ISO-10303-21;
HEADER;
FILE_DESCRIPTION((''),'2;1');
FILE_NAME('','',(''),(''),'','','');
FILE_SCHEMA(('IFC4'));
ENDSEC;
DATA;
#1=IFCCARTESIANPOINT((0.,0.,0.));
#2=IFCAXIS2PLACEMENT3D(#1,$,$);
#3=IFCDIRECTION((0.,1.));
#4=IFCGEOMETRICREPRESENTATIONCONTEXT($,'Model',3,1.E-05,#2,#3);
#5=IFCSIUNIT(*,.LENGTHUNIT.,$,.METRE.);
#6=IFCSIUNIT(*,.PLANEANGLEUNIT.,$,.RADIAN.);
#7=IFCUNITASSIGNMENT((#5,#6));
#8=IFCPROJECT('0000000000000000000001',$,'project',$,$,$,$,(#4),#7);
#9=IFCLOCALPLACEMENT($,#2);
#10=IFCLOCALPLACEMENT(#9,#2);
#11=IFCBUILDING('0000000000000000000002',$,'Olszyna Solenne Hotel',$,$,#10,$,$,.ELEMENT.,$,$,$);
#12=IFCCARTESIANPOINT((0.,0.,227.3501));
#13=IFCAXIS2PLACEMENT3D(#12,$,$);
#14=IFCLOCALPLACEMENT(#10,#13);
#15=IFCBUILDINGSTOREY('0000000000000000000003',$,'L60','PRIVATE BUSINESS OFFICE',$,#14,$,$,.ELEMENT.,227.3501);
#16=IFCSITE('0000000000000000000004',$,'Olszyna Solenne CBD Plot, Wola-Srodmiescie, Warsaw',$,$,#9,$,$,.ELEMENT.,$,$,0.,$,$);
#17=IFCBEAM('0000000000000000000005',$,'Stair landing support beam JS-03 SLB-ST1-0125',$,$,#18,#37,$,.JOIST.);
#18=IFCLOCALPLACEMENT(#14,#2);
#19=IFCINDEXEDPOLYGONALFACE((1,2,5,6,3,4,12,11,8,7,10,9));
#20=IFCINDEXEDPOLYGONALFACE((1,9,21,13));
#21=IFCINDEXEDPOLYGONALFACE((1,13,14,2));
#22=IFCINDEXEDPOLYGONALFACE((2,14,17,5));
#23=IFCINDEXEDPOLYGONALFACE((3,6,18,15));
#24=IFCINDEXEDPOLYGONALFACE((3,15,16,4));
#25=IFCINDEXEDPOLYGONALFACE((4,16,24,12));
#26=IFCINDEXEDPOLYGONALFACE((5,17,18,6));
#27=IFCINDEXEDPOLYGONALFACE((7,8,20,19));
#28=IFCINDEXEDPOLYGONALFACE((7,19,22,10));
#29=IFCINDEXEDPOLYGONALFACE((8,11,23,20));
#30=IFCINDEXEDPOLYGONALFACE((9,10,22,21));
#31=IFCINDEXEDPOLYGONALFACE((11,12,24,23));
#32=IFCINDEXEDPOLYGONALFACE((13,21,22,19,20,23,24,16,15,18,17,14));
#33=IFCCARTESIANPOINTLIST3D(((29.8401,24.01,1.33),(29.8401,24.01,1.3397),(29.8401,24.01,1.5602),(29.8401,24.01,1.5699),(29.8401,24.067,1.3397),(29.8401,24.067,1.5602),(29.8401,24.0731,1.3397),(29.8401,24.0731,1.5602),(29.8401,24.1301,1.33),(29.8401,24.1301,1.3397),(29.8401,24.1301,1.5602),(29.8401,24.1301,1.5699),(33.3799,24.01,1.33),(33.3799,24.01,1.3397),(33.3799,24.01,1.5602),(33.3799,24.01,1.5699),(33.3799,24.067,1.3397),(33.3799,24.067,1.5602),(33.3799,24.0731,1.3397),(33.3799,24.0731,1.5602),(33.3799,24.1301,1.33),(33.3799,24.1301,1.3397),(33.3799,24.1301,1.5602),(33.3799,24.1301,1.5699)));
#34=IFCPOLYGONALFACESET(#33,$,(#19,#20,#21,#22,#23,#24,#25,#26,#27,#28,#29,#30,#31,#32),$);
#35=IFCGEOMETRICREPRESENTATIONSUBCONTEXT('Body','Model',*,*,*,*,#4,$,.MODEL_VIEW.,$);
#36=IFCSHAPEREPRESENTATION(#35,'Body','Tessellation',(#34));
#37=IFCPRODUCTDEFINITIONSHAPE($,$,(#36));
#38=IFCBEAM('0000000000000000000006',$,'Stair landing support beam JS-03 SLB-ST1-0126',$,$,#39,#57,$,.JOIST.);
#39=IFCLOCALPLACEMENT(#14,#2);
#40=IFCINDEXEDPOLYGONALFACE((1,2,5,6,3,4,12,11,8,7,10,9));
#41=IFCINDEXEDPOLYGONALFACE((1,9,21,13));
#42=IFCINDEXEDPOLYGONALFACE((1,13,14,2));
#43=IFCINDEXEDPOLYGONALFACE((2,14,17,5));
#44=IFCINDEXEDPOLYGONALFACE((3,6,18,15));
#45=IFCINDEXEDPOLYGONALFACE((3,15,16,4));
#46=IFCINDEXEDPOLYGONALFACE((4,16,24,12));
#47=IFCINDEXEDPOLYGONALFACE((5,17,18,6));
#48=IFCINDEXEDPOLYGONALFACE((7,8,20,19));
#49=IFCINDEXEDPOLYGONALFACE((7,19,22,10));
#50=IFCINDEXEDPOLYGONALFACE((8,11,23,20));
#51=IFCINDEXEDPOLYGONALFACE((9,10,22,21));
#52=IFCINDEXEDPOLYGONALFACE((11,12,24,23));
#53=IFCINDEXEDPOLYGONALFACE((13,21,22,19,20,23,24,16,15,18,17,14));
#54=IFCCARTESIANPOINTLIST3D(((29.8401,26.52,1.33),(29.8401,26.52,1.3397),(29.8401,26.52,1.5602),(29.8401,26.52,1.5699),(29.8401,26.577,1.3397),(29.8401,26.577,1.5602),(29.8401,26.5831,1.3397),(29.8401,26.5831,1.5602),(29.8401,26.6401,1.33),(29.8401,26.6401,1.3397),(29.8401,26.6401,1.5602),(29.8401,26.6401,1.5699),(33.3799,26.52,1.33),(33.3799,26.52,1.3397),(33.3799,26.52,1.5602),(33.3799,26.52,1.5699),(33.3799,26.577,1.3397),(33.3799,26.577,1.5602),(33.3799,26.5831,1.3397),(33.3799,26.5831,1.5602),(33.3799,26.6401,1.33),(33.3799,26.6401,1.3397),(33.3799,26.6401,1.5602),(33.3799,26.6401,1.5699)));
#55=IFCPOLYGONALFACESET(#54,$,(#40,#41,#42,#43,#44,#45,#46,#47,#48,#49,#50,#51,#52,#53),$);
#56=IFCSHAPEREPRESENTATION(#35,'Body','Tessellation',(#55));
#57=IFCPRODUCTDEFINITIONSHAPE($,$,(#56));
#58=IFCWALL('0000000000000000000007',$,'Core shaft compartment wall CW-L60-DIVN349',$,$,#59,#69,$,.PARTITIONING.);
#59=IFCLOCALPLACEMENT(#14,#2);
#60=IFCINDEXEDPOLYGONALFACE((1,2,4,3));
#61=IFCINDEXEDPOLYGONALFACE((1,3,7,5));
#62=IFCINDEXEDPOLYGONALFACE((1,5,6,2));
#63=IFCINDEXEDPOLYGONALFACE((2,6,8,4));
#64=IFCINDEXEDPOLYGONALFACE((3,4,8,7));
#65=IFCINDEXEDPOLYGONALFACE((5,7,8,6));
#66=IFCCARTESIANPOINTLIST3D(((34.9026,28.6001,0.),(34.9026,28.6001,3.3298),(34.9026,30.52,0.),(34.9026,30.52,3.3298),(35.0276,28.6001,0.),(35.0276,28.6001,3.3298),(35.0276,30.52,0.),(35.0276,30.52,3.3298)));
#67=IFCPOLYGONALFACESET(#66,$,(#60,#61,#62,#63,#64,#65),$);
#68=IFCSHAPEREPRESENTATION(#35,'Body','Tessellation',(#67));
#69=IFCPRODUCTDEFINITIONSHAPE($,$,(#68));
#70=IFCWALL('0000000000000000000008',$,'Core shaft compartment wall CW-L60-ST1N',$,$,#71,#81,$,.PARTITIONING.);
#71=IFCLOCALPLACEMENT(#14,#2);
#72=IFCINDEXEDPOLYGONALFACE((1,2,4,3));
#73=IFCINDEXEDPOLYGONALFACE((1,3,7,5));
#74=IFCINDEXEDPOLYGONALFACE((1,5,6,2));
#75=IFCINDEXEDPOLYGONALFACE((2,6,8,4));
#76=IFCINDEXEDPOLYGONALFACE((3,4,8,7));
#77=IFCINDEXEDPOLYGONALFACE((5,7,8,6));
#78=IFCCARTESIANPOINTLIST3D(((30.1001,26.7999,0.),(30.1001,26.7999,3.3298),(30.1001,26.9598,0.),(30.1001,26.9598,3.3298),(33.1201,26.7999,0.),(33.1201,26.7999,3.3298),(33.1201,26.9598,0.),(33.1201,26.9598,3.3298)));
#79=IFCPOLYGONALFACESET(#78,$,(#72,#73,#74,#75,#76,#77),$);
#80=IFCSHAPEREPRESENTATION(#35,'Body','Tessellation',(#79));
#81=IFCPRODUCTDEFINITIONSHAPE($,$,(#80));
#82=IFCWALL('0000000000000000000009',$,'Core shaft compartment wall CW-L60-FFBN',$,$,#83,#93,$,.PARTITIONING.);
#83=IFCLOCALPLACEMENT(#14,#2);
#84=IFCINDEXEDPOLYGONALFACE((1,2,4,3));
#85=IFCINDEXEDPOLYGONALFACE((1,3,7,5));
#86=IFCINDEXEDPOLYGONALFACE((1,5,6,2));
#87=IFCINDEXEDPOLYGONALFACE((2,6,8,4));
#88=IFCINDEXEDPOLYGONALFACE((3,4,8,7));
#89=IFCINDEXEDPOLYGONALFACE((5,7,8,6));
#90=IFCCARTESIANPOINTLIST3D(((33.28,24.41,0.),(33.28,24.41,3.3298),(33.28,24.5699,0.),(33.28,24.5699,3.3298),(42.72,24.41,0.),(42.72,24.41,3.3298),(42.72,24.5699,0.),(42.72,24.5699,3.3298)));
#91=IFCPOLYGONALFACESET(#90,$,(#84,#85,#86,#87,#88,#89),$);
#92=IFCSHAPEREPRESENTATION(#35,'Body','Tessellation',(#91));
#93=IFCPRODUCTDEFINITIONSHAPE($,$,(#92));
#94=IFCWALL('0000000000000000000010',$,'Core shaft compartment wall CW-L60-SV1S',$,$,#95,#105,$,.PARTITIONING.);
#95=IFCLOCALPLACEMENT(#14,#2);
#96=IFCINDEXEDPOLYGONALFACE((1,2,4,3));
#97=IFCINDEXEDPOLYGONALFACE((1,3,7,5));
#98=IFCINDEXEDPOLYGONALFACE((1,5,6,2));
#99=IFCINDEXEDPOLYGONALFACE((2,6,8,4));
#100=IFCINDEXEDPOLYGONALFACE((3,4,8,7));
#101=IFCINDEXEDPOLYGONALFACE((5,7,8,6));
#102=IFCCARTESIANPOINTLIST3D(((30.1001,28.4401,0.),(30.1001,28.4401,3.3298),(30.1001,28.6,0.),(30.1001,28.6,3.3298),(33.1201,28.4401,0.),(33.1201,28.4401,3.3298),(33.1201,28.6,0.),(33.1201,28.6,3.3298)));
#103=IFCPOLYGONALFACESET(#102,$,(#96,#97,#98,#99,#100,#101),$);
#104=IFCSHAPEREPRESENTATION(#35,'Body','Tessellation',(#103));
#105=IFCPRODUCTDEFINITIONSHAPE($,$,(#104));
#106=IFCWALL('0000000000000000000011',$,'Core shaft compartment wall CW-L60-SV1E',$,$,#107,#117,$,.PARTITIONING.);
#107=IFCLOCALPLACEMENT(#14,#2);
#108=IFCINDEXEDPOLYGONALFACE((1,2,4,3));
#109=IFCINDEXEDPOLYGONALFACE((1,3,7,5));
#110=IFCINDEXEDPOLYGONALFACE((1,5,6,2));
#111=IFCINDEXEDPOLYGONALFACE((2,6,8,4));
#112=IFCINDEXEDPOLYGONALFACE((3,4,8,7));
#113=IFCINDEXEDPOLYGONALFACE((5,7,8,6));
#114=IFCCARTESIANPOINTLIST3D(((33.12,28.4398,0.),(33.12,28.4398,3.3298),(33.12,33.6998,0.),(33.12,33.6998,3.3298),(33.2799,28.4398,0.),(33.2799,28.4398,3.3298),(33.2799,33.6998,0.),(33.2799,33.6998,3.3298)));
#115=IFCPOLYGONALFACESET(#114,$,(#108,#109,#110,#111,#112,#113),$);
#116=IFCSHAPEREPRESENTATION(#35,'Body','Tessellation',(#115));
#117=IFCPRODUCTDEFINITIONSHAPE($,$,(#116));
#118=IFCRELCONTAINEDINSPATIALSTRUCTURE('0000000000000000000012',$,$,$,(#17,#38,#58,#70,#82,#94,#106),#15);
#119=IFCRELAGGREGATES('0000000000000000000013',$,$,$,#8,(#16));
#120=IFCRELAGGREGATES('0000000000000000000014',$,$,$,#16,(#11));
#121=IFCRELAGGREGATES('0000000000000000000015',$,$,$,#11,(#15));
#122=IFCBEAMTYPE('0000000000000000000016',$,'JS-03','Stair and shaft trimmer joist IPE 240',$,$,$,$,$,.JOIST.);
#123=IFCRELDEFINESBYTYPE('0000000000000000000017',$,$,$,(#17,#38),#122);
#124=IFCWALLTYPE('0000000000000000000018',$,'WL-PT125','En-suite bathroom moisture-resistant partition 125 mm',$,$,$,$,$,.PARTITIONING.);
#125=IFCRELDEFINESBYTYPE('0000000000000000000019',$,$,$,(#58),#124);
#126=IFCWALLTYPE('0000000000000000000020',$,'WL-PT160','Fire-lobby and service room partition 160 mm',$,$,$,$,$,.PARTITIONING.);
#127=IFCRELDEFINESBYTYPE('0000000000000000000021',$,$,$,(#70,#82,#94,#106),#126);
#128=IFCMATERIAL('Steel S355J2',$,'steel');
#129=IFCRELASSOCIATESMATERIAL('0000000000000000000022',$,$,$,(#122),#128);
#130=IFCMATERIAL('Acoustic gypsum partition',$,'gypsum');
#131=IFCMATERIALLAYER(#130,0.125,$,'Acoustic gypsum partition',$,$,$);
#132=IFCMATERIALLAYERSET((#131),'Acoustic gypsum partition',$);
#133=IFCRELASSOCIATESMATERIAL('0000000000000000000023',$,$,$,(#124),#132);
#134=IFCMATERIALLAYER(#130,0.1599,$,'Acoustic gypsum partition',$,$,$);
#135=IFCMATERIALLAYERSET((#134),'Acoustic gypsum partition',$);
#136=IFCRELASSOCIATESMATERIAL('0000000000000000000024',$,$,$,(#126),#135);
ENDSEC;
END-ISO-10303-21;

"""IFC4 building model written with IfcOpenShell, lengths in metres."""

from ifc_helpers import new_model, si_unit, direction, frame, frame_2d, origin, origin_2d, place, context, subcontext, project, spatial, rectangle, i_section, extrude, source, transform, mapped, material, layer, layer_set, material_profile, profile_set, type_object, element, save


model = new_model("IFC4")

# Units and contexts
model_context = context("Model", 3, precision=1e-05, world=origin(), true_north=direction((0.0, 1.0)))
body_context = subcontext(model_context, "Body", "Model", "MODEL_VIEW")
ifc_project = project(units=[si_unit("LENGTHUNIT", "METRE"), si_unit("PLANEANGLEUNIT", "RADIAN")], contexts=[model_context])

# Site, building, storey
site_placement = place(None, origin())
site = spatial("IfcSite", under=ifc_project, at=site_placement, Name="Olszyna Solenne CBD Plot, Wola-Srodmiescie, Warsaw", CompositionType="ELEMENT", RefElevation=0.0)
building_placement = place(site_placement, origin())
building = spatial("IfcBuilding", under=site, at=building_placement, Name="Olszyna Solenne Hotel", CompositionType="ELEMENT")
storey_placement = place(building_placement, frame((0.0, 0.0, 227.3501)))
storey = spatial("IfcBuildingStorey", under=building, at=storey_placement, Name="L60", Description="PRIVATE BUSINESS OFFICE", CompositionType="ELEMENT", Elevation=227.3501)

# Beams
ifc_material_1 = material(Name="Steel S355J2", Category="steel")
ifc_material_profile = material_profile(ifc_material_1, i_section(OverallWidth=0.1201, OverallDepth=0.24, WebThickness=0.0061, FlangeThickness=0.0098, at=origin_2d()), Name="IPE 240", Category="load-bearing")
ifc_profile_set = profile_set([ifc_material_profile], Name="Steel S355J2")
beam_type = type_object("IfcBeamType", Name="JS-03", Description="Stair and shaft trimmer joist IPE 240", PredefinedType="JOIST", material=ifc_profile_set)
shared_shape_1 = source(origin(), body_context, "Body", "SweptSolid", [
    extrude(i_section(OverallWidth=0.1201, OverallDepth=0.24, WebThickness=0.0061, FlangeThickness=0.0098, at=origin_2d()), origin(), (0.0, 0.0, 1.0), 3.5398),
])
for number, where, z_axis, x_axis, name in (
    (1, (33.3799, 24.0701, 1.45), (-1.0, 0.0, 0.0), (0.0, -1.0, 0.0), "Stair landing support beam JS-03 SLB-ST1-0125"),
    (2, (33.3799, 26.5801, 1.45), (-1.0, 0.0, 0.0), (0.0, -1.0, 0.0), "Stair landing support beam JS-03 SLB-ST1-0126"),
):
    element("IfcBeam", number, at=place(storey_placement, frame(where, z_axis=z_axis, x_axis=x_axis)), inside=storey, type_object=beam_type, Name=name, PredefinedType="JOIST", context=body_context, shape_type="MappedRepresentation", body=[
        mapped(shared_shape_1, transform((0.0, 0.0, 0.0), x_axis=(1.0, 0.0, 0.0), y_axis=(0.0, 1.0, 0.0), z_axis=(0.0, 0.0, 1.0), scale=1.0)),
    ])

# Walls
ifc_material_2 = material(Name="Acoustic gypsum partition", Category="gypsum")
ifc_layer_1 = layer(ifc_material_2, 0.125, Name="Acoustic gypsum partition")
ifc_layer_set_1 = layer_set([ifc_layer_1], Name="Acoustic gypsum partition")
wall_type_1 = type_object("IfcWallType", Name="WL-PT125", Description="En-suite bathroom moisture-resistant partition 125 mm", PredefinedType="PARTITIONING", material=ifc_layer_set_1)
wall_1_placement = place(storey_placement, frame((34.9651, 28.6001, 0.0), z_axis=(0.0, 0.0, 1.0), x_axis=(0.0, 1.0, 0.0)))
element("IfcWall", 3, at=wall_1_placement, inside=storey, type_object=wall_type_1, Name="Core shaft compartment wall CW-L60-DIVN349", PredefinedType="PARTITIONING", context=body_context, shape_type="SweptSolid", body=[
    extrude(rectangle(XDim=1.9199, YDim=0.125, at=frame_2d((0.96, 0.0))), origin(), (0.0, 0.0, 1.0), 3.3298),
])
ifc_layer_2 = layer(ifc_material_2, 0.1599, Name="Acoustic gypsum partition")
ifc_layer_set_2 = layer_set([ifc_layer_2], Name="Acoustic gypsum partition")
wall_type_2 = type_object("IfcWallType", Name="WL-PT160", Description="Fire-lobby and service room partition 160 mm", PredefinedType="PARTITIONING", material=ifc_layer_set_2)
wall_2_placement = place(storey_placement, frame((30.1001, 26.8799, 0.0), z_axis=(0.0, 0.0, 1.0), x_axis=(1.0, 0.0, 0.0)))
element("IfcWall", 4, at=wall_2_placement, inside=storey, type_object=wall_type_2, Name="Core shaft compartment wall CW-L60-ST1N", PredefinedType="PARTITIONING", context=body_context, shape_type="SweptSolid", body=[
    extrude(rectangle(XDim=3.02, YDim=0.1599, at=frame_2d((1.51, 0.0))), origin(), (0.0, 0.0, 1.0), 3.3298),
])
wall_3_placement = place(storey_placement, frame((33.28, 24.49, 0.0), z_axis=(0.0, 0.0, 1.0), x_axis=(1.0, 0.0, 0.0)))
element("IfcWall", 5, at=wall_3_placement, inside=storey, type_object=wall_type_2, Name="Core shaft compartment wall CW-L60-FFBN", PredefinedType="PARTITIONING", context=body_context, shape_type="SweptSolid", body=[
    extrude(rectangle(XDim=9.4399, YDim=0.1599, at=frame_2d((4.72, 0.0))), origin(), (0.0, 0.0, 1.0), 3.3298),
])
wall_4_placement = place(storey_placement, frame((30.1001, 28.52, 0.0), z_axis=(0.0, 0.0, 1.0), x_axis=(1.0, 0.0, 0.0)))
element("IfcWall", 6, at=wall_4_placement, inside=storey, type_object=wall_type_2, Name="Core shaft compartment wall CW-L60-SV1S", PredefinedType="PARTITIONING", context=body_context, shape_type="SweptSolid", body=[
    extrude(rectangle(XDim=3.02, YDim=0.1599, at=frame_2d((1.51, 0.0))), origin(), (0.0, 0.0, 1.0), 3.3298),
])
wall_5_placement = place(storey_placement, frame((33.2, 28.4399, 0.0), z_axis=(0.0, 0.0, 1.0), x_axis=(0.0, 1.0, 0.0)))
element("IfcWall", 7, at=wall_5_placement, inside=storey, type_object=wall_type_2, Name="Core shaft compartment wall CW-L60-SV1E", PredefinedType="PARTITIONING", context=body_context, shape_type="SweptSolid", body=[
    extrude(rectangle(XDim=5.26, YDim=0.1599, at=frame_2d((2.6299, 0.0))), origin(), (0.0, 0.0, 1.0), 3.3298),
])

save(model, "model.ifc")
